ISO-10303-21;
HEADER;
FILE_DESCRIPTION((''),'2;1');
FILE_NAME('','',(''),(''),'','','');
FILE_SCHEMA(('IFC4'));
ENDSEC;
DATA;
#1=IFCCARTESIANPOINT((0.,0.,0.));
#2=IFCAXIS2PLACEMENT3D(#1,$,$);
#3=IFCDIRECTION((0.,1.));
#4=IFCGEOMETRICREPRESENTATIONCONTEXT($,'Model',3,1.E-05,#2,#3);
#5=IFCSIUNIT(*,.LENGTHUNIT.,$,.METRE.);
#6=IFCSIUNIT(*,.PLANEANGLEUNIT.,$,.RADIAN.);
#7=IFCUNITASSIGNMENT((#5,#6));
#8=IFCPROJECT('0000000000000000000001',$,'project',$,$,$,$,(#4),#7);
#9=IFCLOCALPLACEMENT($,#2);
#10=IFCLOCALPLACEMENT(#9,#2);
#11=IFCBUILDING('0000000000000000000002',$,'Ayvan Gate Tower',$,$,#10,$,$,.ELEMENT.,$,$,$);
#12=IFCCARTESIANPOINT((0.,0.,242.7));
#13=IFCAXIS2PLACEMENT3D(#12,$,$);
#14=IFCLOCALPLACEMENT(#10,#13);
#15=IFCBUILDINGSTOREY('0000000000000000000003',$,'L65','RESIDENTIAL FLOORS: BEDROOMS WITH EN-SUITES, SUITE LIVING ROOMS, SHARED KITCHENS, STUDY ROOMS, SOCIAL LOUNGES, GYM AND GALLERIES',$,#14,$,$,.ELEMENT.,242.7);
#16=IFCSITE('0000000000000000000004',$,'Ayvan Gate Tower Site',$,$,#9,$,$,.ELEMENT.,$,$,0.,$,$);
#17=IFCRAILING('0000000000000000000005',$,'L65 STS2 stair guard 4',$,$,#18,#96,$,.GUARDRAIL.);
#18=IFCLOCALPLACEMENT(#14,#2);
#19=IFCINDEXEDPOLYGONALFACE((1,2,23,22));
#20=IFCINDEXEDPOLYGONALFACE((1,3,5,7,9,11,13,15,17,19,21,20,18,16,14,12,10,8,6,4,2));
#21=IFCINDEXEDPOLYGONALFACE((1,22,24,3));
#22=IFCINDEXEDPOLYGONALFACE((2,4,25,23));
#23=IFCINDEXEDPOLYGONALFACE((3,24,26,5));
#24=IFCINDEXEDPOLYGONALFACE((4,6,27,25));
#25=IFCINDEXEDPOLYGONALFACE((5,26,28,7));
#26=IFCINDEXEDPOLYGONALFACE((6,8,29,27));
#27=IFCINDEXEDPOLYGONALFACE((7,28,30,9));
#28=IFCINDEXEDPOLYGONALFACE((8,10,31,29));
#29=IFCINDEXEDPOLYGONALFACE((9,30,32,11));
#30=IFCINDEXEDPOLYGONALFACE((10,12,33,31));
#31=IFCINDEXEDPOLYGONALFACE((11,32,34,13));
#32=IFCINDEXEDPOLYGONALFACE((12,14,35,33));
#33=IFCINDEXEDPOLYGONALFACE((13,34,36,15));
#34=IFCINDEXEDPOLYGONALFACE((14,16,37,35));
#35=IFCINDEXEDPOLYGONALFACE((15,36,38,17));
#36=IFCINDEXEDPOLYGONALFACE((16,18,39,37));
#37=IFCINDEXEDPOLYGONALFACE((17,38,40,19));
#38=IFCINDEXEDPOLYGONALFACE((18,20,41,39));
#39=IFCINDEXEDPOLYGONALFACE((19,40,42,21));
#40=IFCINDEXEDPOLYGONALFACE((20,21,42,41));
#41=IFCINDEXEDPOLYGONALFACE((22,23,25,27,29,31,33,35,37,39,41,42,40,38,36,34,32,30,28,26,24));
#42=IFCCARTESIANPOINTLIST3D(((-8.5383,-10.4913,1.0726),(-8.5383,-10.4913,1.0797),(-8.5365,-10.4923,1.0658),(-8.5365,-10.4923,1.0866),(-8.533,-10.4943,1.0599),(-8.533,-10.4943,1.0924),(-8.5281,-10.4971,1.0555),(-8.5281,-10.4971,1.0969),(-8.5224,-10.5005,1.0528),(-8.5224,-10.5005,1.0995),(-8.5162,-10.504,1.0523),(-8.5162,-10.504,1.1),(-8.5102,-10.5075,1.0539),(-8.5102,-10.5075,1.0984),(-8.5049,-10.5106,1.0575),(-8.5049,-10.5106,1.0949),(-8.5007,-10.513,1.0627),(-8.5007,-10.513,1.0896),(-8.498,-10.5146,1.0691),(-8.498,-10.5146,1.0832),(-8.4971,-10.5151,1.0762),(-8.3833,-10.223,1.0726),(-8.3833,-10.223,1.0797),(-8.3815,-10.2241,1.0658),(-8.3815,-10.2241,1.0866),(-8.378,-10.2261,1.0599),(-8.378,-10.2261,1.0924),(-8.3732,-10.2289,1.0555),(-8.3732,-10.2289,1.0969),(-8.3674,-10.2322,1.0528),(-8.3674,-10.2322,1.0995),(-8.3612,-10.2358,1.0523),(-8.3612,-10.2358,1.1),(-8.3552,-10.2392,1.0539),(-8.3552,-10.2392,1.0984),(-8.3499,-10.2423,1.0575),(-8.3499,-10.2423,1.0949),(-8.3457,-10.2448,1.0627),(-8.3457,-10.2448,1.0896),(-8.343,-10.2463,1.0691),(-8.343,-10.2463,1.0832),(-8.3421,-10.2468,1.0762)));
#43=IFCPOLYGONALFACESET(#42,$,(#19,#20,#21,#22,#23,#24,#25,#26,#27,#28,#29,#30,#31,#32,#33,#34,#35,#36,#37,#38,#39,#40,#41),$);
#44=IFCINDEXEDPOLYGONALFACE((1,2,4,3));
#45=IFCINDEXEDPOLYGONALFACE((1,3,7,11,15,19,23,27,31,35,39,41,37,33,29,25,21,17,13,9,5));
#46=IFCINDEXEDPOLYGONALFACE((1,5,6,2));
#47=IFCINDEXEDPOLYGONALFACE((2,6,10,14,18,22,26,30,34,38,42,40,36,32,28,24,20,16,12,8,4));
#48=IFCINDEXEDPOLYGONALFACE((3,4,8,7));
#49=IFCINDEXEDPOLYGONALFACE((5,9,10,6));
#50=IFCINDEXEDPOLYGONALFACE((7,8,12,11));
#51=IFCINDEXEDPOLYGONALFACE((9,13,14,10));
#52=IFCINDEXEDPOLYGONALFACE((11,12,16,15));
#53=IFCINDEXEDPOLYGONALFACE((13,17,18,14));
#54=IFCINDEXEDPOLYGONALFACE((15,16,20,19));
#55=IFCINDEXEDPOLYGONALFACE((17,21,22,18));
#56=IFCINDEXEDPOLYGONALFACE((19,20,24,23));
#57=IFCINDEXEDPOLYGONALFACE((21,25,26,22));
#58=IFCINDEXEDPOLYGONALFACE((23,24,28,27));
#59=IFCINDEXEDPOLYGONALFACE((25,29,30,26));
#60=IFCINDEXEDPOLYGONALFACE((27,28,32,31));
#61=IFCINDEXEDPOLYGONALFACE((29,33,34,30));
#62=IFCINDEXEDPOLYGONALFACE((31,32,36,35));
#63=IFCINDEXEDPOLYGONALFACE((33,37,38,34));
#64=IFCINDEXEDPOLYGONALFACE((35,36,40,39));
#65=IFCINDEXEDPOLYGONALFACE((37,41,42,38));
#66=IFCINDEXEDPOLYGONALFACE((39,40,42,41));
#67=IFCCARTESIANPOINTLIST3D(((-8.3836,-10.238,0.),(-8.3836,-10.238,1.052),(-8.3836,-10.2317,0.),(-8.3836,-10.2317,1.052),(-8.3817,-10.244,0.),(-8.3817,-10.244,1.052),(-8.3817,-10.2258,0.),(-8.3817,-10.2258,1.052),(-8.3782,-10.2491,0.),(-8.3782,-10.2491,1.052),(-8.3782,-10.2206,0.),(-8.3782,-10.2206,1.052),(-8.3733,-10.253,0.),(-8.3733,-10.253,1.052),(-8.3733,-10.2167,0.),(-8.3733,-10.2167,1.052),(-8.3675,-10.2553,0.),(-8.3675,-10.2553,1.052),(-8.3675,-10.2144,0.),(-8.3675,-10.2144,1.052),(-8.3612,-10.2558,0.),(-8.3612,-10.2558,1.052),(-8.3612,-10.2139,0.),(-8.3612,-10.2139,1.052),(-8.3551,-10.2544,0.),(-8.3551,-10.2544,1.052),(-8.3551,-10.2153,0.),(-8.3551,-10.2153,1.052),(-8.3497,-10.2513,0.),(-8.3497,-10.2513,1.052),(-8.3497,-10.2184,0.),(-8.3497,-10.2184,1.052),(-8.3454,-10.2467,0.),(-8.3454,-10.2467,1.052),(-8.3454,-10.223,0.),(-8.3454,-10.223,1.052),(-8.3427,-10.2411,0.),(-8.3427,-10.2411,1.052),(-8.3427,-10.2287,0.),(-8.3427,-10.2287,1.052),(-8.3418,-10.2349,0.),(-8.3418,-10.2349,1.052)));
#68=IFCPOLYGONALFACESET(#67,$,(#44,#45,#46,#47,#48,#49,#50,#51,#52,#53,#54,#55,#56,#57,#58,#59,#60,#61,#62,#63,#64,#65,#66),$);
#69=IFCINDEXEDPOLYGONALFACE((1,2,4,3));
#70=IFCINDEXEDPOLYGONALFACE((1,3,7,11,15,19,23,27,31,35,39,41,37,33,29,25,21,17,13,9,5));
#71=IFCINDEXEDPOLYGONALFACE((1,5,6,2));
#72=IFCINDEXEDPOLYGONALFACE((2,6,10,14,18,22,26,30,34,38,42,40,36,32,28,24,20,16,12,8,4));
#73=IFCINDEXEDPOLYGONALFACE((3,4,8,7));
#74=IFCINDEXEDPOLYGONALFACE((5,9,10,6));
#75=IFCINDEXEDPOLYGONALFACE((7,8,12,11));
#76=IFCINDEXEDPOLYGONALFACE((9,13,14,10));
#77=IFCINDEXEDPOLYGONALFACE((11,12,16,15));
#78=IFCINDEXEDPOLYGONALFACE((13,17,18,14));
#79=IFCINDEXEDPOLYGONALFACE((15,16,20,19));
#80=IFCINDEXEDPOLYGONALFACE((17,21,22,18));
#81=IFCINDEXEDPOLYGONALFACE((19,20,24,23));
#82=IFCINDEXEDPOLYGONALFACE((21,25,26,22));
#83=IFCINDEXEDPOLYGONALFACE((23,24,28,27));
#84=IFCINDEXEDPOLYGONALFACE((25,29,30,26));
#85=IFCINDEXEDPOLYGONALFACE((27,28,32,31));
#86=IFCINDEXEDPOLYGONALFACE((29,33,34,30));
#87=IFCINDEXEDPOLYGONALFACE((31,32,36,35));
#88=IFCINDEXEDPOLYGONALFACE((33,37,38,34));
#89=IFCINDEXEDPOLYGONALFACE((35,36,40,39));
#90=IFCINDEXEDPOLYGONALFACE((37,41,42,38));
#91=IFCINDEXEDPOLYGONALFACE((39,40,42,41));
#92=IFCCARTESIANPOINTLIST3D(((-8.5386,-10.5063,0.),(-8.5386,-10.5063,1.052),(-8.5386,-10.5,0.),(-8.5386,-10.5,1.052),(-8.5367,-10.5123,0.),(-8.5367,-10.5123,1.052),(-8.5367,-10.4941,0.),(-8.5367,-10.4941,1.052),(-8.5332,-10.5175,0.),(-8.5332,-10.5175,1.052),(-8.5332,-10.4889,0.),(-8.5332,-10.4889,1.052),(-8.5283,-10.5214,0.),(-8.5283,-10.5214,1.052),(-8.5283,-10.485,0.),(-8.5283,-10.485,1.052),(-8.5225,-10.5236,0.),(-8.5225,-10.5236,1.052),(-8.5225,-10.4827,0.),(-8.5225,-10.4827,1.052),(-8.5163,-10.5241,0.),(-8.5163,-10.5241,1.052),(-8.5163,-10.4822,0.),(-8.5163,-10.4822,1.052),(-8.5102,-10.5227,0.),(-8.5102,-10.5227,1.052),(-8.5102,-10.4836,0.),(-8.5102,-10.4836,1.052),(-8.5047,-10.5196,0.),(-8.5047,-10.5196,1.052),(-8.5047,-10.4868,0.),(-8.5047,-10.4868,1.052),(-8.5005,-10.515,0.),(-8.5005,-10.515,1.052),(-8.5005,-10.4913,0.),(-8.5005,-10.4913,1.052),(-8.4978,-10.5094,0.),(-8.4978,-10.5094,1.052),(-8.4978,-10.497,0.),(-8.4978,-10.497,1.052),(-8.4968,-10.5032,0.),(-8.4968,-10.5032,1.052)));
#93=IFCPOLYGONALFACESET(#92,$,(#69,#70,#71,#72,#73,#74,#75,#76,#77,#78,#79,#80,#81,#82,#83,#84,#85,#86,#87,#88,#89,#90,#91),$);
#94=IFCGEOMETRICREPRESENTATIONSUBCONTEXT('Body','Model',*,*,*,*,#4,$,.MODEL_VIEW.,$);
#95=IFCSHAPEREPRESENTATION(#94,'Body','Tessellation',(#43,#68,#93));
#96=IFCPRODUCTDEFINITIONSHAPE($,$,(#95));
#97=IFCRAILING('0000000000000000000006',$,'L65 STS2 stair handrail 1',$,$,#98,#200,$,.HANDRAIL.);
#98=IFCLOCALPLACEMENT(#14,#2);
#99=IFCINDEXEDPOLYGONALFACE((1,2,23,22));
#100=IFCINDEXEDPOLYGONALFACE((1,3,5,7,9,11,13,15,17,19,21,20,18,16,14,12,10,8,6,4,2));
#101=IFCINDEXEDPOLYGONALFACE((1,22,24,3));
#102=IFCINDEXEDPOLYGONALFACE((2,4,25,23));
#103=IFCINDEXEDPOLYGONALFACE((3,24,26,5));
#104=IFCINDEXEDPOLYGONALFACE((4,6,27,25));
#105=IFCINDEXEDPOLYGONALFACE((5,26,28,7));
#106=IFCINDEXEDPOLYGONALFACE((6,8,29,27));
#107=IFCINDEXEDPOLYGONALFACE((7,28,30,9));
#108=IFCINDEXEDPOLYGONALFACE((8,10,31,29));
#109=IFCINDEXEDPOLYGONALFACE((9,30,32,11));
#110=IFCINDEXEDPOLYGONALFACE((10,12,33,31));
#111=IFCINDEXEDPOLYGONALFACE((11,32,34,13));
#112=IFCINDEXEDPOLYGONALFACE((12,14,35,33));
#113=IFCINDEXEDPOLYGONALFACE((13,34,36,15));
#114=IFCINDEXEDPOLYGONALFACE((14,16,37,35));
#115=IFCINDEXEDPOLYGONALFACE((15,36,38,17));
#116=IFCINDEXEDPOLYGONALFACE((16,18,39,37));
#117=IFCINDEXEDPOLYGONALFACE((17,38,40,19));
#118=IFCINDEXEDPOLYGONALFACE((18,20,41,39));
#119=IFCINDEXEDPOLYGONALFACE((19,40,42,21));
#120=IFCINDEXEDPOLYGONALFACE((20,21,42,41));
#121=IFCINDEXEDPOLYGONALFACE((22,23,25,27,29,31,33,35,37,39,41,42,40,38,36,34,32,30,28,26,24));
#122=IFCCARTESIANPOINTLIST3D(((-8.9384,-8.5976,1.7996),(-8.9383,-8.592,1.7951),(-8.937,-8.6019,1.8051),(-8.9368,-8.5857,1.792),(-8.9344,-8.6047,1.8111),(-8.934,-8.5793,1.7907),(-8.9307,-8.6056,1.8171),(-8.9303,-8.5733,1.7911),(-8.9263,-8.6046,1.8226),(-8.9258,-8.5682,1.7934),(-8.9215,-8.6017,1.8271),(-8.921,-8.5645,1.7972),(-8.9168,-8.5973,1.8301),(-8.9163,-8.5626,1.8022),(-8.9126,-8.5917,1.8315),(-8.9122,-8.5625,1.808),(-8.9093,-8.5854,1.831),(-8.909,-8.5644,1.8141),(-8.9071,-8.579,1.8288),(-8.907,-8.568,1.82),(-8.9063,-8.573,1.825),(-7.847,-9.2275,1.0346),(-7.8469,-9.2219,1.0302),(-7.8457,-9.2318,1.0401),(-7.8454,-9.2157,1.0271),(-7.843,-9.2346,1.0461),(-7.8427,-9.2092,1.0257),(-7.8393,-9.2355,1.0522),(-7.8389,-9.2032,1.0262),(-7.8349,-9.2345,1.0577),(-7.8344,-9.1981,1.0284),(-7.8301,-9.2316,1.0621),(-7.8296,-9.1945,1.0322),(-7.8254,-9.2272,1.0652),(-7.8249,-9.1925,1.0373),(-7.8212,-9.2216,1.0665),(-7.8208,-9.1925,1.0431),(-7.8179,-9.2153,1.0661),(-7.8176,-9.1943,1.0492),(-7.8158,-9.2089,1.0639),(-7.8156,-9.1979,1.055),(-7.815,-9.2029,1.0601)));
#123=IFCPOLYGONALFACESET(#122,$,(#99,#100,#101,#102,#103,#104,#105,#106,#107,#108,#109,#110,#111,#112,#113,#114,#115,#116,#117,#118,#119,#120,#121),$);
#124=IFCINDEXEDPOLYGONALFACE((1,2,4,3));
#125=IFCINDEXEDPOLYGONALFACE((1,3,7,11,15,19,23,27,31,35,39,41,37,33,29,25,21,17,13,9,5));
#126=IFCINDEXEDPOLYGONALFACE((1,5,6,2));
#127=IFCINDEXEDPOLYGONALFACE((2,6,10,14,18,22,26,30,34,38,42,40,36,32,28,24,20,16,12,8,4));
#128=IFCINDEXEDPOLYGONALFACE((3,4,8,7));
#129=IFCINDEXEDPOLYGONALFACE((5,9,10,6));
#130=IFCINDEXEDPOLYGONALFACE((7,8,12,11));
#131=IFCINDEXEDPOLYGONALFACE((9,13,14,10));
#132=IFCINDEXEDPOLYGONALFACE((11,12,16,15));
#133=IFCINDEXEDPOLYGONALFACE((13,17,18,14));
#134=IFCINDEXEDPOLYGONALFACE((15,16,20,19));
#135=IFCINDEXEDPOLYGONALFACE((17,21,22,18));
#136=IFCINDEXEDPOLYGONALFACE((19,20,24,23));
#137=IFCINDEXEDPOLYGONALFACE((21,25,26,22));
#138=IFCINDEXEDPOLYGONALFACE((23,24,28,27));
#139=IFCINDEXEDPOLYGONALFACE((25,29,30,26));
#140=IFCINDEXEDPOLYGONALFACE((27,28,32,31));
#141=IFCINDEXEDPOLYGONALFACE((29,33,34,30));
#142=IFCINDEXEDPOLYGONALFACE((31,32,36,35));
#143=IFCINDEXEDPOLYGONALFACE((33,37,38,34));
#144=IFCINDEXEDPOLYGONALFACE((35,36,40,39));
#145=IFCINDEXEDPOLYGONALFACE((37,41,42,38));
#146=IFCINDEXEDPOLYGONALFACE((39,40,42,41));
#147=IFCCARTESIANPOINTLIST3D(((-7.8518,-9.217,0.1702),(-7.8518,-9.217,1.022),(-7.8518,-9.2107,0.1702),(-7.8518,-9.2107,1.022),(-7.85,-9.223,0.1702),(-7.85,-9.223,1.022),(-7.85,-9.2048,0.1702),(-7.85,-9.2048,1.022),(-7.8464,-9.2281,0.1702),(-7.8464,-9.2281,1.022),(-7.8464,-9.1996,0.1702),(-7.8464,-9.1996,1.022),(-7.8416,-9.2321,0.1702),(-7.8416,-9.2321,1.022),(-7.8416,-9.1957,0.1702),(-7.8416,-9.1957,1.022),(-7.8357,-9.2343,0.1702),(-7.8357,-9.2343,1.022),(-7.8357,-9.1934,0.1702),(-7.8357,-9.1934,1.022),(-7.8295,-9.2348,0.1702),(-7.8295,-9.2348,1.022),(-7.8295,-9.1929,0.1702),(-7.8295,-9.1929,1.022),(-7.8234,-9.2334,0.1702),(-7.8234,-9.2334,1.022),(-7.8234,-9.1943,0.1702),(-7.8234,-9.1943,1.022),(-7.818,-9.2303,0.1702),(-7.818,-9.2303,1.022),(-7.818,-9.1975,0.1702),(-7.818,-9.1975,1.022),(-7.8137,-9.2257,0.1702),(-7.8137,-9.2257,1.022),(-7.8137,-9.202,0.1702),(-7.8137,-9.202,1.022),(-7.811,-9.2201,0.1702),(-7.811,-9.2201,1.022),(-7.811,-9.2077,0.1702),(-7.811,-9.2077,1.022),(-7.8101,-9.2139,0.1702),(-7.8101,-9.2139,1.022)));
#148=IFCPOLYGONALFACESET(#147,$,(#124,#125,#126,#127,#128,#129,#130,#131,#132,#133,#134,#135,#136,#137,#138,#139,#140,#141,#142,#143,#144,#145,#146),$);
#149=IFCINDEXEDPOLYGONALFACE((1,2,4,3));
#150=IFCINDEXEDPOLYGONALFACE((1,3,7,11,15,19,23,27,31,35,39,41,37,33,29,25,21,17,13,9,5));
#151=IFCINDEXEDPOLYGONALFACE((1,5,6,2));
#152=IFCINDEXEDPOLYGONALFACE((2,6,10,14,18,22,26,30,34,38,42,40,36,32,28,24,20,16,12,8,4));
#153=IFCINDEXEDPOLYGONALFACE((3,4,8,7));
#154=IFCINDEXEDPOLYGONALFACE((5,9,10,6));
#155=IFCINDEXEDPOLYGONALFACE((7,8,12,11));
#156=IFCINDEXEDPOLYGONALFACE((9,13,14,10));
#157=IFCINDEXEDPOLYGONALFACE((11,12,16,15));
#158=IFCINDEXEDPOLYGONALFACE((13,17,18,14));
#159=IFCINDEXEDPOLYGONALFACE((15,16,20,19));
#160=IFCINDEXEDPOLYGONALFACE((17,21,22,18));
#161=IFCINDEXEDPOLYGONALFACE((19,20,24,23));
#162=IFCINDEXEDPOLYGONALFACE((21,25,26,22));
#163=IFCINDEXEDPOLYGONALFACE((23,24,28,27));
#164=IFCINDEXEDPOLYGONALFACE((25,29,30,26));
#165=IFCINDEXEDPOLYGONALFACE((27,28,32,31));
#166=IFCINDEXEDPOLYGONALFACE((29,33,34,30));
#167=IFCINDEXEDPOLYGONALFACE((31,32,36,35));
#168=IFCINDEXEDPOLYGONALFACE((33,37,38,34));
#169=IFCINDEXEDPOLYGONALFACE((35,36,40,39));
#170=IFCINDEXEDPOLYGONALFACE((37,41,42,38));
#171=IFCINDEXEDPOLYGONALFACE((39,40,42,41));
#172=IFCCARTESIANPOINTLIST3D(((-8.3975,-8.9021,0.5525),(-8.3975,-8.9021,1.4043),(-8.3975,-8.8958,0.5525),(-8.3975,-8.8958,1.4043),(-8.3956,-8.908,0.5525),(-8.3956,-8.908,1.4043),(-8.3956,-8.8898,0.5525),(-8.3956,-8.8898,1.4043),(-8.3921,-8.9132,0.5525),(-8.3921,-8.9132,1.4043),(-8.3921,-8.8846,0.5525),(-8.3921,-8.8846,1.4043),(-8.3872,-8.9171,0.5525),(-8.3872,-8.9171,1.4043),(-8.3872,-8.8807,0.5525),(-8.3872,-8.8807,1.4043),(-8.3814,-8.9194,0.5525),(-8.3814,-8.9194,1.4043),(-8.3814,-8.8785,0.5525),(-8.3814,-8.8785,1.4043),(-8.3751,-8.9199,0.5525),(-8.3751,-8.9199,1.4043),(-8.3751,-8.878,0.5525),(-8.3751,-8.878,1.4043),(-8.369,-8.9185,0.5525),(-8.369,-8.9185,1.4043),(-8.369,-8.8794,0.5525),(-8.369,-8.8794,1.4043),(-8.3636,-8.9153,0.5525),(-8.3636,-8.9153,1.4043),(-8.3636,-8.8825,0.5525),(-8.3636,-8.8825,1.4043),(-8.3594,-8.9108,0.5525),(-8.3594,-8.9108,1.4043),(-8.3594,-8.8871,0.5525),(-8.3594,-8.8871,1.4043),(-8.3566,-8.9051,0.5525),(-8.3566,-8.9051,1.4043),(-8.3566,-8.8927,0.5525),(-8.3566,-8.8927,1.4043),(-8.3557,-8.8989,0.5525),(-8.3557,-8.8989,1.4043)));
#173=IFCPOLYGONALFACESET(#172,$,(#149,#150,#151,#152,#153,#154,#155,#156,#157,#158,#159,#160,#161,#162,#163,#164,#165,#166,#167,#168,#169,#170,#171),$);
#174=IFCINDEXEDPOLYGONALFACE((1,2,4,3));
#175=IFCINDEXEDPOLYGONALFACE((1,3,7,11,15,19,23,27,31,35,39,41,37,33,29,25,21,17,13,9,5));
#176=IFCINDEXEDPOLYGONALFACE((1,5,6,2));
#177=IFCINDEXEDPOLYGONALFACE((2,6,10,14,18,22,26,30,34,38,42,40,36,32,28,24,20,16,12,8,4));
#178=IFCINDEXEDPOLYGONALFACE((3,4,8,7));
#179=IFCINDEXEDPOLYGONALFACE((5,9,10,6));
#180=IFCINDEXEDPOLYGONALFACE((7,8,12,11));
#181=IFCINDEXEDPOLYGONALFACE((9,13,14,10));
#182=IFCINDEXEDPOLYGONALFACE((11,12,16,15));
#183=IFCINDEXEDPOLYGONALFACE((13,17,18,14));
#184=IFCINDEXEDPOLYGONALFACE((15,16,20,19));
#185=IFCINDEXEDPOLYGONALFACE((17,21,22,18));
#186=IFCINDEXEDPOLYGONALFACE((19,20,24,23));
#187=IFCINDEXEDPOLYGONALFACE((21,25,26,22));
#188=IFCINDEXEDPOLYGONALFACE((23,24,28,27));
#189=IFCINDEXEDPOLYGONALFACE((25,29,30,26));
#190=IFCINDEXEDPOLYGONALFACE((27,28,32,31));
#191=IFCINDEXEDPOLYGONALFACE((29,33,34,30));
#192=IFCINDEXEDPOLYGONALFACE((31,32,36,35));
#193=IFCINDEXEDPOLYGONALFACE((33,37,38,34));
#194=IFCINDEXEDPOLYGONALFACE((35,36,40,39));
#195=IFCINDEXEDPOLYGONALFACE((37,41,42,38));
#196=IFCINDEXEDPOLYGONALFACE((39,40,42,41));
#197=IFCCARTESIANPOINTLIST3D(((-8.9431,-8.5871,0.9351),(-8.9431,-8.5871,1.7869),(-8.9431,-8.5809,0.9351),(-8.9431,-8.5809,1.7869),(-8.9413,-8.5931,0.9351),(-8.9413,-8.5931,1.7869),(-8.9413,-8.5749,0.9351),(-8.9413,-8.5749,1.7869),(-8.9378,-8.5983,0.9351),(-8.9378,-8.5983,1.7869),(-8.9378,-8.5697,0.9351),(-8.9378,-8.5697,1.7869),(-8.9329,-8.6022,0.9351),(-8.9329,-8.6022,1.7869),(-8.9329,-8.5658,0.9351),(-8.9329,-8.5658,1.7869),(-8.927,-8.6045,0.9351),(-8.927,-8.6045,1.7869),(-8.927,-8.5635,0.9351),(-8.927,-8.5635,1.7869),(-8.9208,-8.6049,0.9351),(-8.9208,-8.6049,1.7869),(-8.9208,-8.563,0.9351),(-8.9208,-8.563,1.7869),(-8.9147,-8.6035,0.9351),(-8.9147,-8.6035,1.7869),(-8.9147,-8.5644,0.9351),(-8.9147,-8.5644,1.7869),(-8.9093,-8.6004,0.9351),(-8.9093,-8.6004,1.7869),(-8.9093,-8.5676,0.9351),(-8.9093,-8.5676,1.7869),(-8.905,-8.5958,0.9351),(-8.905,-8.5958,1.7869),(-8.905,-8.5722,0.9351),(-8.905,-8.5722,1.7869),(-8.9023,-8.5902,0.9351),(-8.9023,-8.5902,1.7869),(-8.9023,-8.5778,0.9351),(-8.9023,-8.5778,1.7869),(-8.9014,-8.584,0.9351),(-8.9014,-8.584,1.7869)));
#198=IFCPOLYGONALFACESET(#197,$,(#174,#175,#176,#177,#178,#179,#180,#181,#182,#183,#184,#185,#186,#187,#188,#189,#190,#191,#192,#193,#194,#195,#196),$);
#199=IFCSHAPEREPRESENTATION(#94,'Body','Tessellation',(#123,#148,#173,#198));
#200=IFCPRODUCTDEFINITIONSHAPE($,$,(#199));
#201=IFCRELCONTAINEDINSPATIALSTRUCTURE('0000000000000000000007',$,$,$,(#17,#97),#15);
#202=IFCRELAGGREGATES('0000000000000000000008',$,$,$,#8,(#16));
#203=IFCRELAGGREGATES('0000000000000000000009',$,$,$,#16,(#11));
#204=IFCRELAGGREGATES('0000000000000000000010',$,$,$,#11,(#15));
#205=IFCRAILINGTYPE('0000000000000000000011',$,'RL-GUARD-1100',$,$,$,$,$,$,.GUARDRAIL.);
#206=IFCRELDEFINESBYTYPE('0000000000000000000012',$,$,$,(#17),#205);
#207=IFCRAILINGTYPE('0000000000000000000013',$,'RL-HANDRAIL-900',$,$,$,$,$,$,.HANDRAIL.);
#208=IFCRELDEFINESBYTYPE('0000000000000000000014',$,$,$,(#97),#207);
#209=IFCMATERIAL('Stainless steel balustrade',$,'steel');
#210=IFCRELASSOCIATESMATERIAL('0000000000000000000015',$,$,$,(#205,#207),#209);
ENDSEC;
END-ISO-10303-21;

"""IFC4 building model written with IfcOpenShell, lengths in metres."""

from ifc_helpers import new_model, si_unit, direction, frame, origin, origin_2d, place, context, subcontext, project, spatial, circle, extrude, material, type_object, element, save


model = new_model("IFC4")

# Units and contexts
model_context = context("Model", 3, precision=1e-05, world=origin(), true_north=direction((0.0, 1.0)))
body_context = subcontext(model_context, "Body", "Model", "MODEL_VIEW")
ifc_project = project(units=[si_unit("LENGTHUNIT", "METRE"), si_unit("PLANEANGLEUNIT", "RADIAN")], contexts=[model_context])

# Site, building, storey
site_placement = place(None, origin())
site = spatial("IfcSite", under=ifc_project, at=site_placement, Name="Ayvan Gate Tower Site", CompositionType="ELEMENT", RefElevation=0.0)
building_placement = place(site_placement, origin())
building = spatial("IfcBuilding", under=site, at=building_placement, Name="Ayvan Gate Tower", CompositionType="ELEMENT")
storey_placement = place(building_placement, frame((0.0, 0.0, 242.7)))
storey = spatial("IfcBuildingStorey", under=building, at=storey_placement, Name="L65", Description="RESIDENTIAL FLOORS: BEDROOMS WITH EN-SUITES, SUITE LIVING ROOMS, SHARED KITCHENS, STUDY ROOMS, SOCIAL LOUNGES, GYM AND GALLERIES", CompositionType="ELEMENT", Elevation=242.7)

# Railings
ifc_material_1 = material(Name="Stainless steel balustrade", Category="steel")
railing_type_1 = type_object("IfcRailingType", Name="RL-GUARD-1100", PredefinedType="GUARDRAIL", material=ifc_material_1)
railing_1_placement = place(storey_placement, frame((-8.3628, -10.2349, 0.0)))
element("IfcRailing", 1, at=railing_1_placement, inside=storey, type_object=railing_type_1, Name="L65 STS2 stair guard 4", PredefinedType="GUARDRAIL", context=body_context, shape_type="SweptSolid", body=[
    extrude(circle(Radius=0.0239, at=origin_2d()), frame((0.0, 0.0, 1.0762), z_axis=(-0.500291, -0.865857, 0.0), x_axis=(0.865857, -0.500291, 0.0)), (0.0, 0.0, 1.0), 0.3098),
    extrude(circle(Radius=0.021, at=origin_2d()), origin(), (0.0, 0.0, 1.0), 1.052),
    extrude(circle(Radius=0.021, at=origin_2d()), frame((-0.155, -0.2683, 0.0)), (0.0, 0.0, 1.0), 1.052),
])
railing_type_2 = type_object("IfcRailingType", Name="RL-HANDRAIL-900", PredefinedType="HANDRAIL", material=ifc_material_1)
railing_2_placement = place(storey_placement, frame((-7.8311, -9.2139, 0.1702)))
element("IfcRailing", 2, at=railing_2_placement, inside=storey, type_object=railing_type_2, Name="L65 STS2 stair handrail 1", PredefinedType="HANDRAIL", context=body_context, shape_type="SweptSolid", body=[
    extrude(circle(Radius=0.0239, at=origin_2d()), frame((0.0, 0.0, 0.876), z_axis=(-0.740357, 0.42732, 0.518912), x_axis=(-0.49989, -0.866089, 0.0)), (0.0, 0.0, 1.0), 1.4741),
    extrude(circle(Radius=0.021, at=origin_2d()), origin(), (0.0, 0.0, 1.0), 0.8518),
    extrude(circle(Radius=0.021, at=origin_2d()), frame((-0.5457, 0.3149, 0.3823)), (0.0, 0.0, 1.0), 0.8518),
    extrude(circle(Radius=0.021, at=origin_2d()), frame((-1.0913, 0.6299, 0.7649)), (0.0, 0.0, 1.0), 0.8518),
])

save(model, "model.ifc")
